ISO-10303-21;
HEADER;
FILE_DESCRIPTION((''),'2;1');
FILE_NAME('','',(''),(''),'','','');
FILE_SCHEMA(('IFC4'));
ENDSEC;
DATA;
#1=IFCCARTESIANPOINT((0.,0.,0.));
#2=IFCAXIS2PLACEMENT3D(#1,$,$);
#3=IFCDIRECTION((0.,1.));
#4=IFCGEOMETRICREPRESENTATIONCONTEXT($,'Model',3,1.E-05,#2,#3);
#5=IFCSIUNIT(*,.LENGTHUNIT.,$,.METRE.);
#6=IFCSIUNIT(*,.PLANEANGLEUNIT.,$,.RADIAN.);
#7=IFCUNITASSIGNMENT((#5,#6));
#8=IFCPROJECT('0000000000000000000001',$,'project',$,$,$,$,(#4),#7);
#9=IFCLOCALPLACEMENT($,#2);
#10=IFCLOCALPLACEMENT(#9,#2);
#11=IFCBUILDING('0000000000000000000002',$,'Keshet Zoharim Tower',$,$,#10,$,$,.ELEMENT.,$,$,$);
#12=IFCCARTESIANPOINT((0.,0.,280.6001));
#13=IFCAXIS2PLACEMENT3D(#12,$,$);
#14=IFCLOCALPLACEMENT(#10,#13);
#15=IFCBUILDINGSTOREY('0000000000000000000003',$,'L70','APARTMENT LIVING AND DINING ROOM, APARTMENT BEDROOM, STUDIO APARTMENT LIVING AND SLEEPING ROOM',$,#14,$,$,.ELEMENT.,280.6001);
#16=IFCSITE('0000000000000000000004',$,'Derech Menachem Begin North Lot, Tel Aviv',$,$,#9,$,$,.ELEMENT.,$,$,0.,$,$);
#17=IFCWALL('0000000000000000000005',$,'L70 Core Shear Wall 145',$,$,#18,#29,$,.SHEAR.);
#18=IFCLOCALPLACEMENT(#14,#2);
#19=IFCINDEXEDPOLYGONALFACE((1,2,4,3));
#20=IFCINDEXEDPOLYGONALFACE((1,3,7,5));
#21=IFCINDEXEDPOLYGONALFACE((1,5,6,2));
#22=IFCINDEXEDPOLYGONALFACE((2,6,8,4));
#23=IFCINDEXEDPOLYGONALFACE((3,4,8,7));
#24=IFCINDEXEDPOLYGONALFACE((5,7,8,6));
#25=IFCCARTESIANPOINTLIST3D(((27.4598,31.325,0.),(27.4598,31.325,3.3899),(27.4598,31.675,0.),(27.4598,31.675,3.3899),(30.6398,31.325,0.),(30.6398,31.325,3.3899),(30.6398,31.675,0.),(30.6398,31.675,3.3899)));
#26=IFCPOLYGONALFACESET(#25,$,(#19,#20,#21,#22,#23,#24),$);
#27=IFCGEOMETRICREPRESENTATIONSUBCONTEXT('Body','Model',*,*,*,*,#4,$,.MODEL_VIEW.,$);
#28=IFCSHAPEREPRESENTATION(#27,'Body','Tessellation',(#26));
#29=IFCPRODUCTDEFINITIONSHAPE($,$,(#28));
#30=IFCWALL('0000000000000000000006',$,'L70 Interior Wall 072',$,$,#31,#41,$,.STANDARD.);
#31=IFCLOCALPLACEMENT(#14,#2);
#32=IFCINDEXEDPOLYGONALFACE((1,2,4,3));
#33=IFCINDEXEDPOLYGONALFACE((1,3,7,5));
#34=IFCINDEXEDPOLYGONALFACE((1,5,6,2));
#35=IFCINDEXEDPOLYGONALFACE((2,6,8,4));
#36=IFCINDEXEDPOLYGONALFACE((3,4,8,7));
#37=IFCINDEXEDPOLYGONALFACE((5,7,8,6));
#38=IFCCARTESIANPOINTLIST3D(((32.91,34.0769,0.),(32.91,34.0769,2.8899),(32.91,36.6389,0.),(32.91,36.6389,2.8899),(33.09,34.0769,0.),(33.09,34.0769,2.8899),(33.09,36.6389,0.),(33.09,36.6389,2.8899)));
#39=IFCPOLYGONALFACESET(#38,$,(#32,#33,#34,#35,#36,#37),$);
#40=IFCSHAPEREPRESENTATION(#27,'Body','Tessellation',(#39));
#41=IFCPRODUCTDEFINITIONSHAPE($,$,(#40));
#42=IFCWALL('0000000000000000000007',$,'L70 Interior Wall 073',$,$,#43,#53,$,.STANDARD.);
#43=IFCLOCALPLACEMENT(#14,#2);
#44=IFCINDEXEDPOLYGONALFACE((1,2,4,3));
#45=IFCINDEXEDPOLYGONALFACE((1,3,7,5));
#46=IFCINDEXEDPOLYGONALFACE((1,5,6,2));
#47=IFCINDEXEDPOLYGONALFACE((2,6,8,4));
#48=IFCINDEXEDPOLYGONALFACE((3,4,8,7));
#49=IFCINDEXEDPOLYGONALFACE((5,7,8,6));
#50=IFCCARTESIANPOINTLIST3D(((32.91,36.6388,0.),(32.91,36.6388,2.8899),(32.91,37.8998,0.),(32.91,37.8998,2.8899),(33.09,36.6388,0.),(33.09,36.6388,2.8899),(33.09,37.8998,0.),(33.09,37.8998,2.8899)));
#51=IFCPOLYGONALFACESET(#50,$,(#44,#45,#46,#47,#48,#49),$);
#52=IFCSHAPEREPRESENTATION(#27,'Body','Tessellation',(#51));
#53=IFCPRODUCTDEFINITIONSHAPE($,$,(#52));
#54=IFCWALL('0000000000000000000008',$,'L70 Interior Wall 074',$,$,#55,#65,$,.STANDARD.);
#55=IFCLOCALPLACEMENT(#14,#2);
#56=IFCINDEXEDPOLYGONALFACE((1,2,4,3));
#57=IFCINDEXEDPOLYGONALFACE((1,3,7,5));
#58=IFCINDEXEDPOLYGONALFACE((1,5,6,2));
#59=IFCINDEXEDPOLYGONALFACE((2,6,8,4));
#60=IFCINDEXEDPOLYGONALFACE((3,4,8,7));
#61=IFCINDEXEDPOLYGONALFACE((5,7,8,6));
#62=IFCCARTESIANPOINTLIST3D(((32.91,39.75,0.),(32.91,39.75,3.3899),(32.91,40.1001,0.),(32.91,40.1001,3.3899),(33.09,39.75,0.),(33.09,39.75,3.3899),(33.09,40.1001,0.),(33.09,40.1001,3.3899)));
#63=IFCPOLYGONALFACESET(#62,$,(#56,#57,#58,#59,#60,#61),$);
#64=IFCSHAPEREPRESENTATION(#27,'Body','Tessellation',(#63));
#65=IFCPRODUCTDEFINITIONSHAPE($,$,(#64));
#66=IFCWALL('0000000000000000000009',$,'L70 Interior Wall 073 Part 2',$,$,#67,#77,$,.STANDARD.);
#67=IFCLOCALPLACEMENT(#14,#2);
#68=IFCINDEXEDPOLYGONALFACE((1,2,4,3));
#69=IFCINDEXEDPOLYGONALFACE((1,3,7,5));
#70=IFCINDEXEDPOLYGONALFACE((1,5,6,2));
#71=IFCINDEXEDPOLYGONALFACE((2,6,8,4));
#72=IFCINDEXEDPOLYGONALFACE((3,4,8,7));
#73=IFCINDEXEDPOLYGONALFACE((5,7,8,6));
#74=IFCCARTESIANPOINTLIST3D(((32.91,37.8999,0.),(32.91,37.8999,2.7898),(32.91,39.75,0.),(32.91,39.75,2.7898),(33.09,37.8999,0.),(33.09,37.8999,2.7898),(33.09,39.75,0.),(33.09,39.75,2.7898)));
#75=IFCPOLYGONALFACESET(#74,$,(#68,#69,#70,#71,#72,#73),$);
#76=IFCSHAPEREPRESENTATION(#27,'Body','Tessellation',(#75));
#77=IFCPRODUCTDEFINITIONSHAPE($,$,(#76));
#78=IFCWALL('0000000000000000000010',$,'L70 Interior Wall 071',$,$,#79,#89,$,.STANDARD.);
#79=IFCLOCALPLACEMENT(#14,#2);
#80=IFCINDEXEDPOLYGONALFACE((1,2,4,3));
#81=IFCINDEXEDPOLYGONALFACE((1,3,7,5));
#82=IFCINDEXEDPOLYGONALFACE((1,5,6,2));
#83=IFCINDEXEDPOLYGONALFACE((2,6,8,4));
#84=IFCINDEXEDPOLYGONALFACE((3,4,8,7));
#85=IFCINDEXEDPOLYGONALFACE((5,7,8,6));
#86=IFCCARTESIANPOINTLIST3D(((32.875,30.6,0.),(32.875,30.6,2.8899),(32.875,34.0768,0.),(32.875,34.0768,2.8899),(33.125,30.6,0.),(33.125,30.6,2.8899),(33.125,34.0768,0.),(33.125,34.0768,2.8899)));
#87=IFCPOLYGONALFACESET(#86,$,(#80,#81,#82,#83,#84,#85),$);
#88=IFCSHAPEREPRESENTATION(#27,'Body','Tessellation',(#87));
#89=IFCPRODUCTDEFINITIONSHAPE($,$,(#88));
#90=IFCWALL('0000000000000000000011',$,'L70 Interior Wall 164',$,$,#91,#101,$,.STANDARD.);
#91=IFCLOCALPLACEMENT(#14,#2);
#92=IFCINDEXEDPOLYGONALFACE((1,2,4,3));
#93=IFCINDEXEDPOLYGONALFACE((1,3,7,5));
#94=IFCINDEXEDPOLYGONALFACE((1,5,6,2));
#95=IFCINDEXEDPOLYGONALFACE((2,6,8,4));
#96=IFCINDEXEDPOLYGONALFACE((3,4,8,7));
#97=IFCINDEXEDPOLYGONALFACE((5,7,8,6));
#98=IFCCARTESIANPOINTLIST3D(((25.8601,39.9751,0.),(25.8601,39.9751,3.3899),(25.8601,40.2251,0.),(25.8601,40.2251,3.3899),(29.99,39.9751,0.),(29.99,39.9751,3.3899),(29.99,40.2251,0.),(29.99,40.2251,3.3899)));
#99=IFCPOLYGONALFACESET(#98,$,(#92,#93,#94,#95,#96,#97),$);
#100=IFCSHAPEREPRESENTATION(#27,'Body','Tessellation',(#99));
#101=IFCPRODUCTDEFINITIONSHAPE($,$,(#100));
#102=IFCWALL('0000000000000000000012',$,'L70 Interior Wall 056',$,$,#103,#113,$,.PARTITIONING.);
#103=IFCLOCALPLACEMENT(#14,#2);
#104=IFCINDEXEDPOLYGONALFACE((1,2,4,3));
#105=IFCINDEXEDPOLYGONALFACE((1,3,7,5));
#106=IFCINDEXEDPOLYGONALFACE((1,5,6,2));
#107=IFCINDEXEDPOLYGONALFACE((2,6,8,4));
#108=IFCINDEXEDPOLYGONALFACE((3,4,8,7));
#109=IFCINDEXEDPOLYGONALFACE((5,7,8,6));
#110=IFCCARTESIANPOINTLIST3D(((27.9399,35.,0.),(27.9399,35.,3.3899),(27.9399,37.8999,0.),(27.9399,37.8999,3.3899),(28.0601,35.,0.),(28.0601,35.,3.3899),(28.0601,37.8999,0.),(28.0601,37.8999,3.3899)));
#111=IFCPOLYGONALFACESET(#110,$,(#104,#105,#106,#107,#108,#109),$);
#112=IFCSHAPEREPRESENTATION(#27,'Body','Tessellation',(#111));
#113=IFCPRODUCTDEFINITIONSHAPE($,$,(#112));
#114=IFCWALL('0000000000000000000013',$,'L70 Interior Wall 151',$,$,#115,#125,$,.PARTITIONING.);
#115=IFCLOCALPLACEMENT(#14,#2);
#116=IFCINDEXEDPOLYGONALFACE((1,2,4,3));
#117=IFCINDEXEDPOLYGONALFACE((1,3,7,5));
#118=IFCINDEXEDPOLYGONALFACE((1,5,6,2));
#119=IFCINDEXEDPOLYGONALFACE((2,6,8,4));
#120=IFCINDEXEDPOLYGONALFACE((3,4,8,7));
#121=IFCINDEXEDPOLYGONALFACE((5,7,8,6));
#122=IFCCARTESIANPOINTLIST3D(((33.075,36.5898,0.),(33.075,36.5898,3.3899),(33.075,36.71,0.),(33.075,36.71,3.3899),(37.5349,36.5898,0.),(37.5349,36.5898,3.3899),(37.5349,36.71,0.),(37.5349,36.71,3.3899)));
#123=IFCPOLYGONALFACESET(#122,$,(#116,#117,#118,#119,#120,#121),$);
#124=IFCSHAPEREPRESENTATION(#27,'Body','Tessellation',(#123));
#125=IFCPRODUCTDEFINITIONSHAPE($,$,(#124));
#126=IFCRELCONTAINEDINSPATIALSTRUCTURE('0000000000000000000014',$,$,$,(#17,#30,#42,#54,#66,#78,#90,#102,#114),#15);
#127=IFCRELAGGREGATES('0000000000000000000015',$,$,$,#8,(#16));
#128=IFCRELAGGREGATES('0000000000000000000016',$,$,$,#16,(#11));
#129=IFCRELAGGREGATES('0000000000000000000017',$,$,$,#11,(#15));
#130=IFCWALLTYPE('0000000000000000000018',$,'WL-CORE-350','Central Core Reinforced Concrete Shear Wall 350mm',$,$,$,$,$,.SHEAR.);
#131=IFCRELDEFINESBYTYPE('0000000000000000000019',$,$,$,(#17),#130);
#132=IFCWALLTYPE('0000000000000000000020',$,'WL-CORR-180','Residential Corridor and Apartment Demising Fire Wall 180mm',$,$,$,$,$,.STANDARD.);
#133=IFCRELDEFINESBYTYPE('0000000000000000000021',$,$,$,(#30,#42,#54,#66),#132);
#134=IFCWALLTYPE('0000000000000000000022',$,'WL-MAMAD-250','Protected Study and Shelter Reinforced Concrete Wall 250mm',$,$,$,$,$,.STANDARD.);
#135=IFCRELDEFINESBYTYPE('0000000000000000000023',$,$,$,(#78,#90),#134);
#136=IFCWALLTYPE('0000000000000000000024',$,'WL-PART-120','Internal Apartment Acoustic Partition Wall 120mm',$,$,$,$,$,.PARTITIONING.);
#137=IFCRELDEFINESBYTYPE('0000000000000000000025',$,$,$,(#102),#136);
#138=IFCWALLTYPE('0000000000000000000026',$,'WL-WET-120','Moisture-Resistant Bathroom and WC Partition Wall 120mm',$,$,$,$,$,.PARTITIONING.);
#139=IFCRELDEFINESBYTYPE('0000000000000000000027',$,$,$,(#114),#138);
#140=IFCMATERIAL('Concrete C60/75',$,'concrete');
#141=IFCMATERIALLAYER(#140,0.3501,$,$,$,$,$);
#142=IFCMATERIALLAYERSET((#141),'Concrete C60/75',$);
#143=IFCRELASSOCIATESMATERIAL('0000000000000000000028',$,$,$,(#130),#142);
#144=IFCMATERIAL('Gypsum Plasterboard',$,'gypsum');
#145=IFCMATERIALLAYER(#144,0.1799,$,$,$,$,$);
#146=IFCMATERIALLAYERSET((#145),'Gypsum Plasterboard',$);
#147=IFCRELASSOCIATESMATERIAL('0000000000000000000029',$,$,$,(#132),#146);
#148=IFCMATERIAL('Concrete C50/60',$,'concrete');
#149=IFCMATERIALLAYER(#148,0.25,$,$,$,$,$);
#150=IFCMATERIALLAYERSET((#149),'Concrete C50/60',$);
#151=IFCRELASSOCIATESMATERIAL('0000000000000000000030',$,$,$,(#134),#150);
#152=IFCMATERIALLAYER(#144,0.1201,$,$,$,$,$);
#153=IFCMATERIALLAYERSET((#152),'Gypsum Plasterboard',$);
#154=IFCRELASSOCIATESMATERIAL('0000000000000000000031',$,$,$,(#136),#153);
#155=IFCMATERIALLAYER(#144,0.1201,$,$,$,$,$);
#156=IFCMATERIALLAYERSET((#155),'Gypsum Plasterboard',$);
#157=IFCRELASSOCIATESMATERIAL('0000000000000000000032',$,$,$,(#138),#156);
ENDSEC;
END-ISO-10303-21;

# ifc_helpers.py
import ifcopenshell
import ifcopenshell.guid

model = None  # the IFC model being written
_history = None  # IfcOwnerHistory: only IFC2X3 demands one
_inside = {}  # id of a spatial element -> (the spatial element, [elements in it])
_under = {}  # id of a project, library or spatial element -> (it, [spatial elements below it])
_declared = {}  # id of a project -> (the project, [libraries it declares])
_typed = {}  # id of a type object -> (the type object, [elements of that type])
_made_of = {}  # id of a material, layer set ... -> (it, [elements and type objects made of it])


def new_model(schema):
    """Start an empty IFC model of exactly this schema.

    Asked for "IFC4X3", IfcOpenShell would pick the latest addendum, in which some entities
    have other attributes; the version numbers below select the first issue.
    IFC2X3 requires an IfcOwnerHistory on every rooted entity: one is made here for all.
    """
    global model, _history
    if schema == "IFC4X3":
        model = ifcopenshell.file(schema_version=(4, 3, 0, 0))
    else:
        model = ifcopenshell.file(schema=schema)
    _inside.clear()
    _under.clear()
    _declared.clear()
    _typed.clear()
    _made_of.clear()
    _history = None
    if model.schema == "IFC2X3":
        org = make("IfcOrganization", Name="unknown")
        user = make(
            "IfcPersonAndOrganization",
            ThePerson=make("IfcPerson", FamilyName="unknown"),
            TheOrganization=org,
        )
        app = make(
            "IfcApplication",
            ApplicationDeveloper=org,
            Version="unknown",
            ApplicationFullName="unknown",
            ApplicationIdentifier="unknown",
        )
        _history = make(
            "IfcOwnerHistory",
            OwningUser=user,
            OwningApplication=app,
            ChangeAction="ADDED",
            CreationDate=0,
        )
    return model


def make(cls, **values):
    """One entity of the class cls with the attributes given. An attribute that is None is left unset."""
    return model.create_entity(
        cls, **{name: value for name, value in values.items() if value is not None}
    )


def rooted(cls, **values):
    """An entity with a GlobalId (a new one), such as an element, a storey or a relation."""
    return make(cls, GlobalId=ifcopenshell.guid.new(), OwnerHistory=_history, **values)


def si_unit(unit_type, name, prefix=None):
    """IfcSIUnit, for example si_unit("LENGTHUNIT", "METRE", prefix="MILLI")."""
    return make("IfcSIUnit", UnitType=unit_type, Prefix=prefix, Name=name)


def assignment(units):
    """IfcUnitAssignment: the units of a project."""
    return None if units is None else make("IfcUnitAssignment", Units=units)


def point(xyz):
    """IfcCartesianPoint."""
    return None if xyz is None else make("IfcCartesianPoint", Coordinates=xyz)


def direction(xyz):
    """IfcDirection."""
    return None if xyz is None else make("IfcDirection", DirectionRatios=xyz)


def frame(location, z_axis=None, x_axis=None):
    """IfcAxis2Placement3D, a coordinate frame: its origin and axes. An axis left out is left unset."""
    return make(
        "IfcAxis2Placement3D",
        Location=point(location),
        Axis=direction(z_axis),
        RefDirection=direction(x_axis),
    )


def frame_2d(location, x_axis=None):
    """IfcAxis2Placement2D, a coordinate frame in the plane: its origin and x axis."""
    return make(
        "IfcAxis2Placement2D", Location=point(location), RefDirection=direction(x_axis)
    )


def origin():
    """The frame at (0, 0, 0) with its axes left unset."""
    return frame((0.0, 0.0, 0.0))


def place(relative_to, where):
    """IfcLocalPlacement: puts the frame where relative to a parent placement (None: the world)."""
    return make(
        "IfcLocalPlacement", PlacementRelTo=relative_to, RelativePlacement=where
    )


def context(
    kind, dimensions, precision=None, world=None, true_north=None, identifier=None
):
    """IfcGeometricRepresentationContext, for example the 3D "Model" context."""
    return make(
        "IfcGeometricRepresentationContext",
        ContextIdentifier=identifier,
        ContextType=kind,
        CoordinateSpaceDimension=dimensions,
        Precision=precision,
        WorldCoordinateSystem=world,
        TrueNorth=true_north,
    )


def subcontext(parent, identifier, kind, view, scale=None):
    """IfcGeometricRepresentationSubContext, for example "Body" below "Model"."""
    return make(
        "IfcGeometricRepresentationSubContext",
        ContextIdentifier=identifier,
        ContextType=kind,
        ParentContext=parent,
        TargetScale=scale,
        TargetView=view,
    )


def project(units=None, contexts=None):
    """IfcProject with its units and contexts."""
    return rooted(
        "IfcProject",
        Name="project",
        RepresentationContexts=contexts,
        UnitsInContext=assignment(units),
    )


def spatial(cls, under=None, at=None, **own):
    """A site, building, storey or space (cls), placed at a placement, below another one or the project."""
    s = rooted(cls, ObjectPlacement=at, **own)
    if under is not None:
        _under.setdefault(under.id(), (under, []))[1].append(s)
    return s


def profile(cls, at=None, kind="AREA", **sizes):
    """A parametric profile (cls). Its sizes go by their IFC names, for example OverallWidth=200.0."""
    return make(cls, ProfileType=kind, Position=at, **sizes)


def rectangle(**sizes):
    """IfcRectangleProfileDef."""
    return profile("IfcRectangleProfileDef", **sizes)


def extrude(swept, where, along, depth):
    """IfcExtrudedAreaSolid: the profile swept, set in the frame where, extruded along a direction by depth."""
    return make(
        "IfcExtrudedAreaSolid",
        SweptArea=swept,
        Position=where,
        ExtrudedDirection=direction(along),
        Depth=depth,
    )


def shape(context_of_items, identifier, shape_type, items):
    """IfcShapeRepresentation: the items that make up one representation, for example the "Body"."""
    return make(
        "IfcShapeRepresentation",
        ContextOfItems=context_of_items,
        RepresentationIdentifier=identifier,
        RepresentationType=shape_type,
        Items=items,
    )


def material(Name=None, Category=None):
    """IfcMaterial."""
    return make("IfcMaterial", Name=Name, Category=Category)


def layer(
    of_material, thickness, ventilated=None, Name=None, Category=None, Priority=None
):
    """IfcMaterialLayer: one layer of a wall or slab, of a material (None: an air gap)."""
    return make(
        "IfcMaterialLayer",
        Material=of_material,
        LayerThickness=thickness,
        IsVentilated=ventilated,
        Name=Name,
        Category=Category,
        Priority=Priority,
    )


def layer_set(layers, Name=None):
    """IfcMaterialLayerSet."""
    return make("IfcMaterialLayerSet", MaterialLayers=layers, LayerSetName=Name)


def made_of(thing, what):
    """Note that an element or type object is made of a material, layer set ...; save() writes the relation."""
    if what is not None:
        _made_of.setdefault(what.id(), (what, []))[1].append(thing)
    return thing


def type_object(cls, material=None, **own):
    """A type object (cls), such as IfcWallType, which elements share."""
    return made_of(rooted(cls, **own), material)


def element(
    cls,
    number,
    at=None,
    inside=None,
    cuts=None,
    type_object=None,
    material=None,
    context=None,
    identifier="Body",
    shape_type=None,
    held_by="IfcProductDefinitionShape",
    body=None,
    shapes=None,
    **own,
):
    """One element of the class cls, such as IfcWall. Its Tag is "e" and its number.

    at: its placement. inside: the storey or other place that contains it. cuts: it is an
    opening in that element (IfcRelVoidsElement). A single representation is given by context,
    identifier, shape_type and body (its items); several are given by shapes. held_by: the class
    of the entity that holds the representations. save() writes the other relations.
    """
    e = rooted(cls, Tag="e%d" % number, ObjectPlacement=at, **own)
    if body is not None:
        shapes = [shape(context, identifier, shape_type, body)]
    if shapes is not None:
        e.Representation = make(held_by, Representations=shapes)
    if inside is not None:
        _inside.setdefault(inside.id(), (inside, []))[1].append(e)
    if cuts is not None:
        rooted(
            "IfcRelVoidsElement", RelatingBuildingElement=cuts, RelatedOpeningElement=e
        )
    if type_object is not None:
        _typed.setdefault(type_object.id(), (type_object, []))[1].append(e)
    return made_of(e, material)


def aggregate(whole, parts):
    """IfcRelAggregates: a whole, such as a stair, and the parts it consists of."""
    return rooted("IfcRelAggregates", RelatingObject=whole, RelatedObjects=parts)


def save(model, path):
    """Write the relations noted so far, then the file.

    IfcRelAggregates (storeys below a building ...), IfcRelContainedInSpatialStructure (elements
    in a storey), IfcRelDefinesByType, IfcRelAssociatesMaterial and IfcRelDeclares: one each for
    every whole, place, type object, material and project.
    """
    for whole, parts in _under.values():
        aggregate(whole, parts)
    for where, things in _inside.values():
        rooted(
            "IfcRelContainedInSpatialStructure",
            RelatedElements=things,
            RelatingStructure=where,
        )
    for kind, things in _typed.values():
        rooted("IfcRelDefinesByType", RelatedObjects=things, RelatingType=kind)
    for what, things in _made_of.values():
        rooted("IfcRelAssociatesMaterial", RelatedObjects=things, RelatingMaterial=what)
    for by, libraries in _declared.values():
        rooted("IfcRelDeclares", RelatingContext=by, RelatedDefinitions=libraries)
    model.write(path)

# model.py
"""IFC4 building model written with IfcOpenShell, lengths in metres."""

from ifc_helpers import new_model, si_unit, direction, frame, frame_2d, origin, place, context, subcontext, project, spatial, rectangle, extrude, material, layer, layer_set, type_object, element, save


model = new_model("IFC4")

# Units and contexts
model_context = context("Model", 3, precision=1e-05, world=origin(), true_north=direction((0.0, 1.0)))
body_context = subcontext(model_context, "Body", "Model", "MODEL_VIEW")
ifc_project = project(units=[si_unit("LENGTHUNIT", "METRE"), si_unit("PLANEANGLEUNIT", "RADIAN")], contexts=[model_context])

# Site, building, storey
site_placement = place(None, origin())
site = spatial("IfcSite", under=ifc_project, at=site_placement, Name="Derech Menachem Begin North Lot, Tel Aviv", CompositionType="ELEMENT", RefElevation=0.0)
building_placement = place(site_placement, origin())
building = spatial("IfcBuilding", under=site, at=building_placement, Name="Keshet Zoharim Tower", CompositionType="ELEMENT")
storey_placement = place(building_placement, frame((0.0, 0.0, 280.6001)))
storey = spatial("IfcBuildingStorey", under=building, at=storey_placement, Name="L70", Description="APARTMENT LIVING AND DINING ROOM, APARTMENT BEDROOM, STUDIO APARTMENT LIVING AND SLEEPING ROOM", CompositionType="ELEMENT", Elevation=280.6001)

# Shared definitions
ifc_material_1 = material(Name="Concrete C50/60", Category="concrete")

# Shared definitions
ifc_material_2 = material(Name="Gypsum Plasterboard", Category="gypsum")
ifc_material_3 = material(Name="Concrete C60/75", Category="concrete")
ifc_layer_1 = layer(ifc_material_3, 0.3501)
ifc_layer_set_1 = layer_set([ifc_layer_1], Name="Concrete C60/75")
wall_type_1 = type_object("IfcWallType", Name="WL-CORE-350", Description="Central Core Reinforced Concrete Shear Wall 350mm", PredefinedType="SHEAR", material=ifc_layer_set_1)

# Wall
wall_1_placement = place(storey_placement, frame((27.46, 31.5, 0.0), z_axis=(0.0, 0.0, 1.0), x_axis=(1.0, 0.0, 0.0)))
element("IfcWall", 1, at=wall_1_placement, inside=storey, type_object=wall_type_1, Name="L70 Core Shear Wall 145", PredefinedType="SHEAR", context=body_context, shape_type="SweptSolid", body=[
    extrude(rectangle(XDim=3.1799, YDim=0.3501, at=frame_2d((1.5898, 0.0))), origin(), (0.0, 0.0, 1.0), 3.3899),
])

# Walls
ifc_layer_2 = layer(ifc_material_2, 0.1799)
ifc_layer_set_2 = layer_set([ifc_layer_2], Name="Gypsum Plasterboard")
wall_type_2 = type_object("IfcWallType", Name="WL-CORR-180", Description="Residential Corridor and Apartment Demising Fire Wall 180mm", PredefinedType="STANDARD", material=ifc_layer_set_2)
wall_2_placement = place(storey_placement, frame((33.0, 34.0769, 0.0), z_axis=(0.0, 0.0, 1.0), x_axis=(0.0, 1.0, 0.0)))
element("IfcWall", 2, at=wall_2_placement, inside=storey, type_object=wall_type_2, Name="L70 Interior Wall 072", PredefinedType="STANDARD", context=body_context, shape_type="SweptSolid", body=[
    extrude(rectangle(XDim=2.562, YDim=0.1799, at=frame_2d((1.281, 0.0))), origin(), (0.0, 0.0, 1.0), 2.8899),
])
wall_3_placement = place(storey_placement, frame((33.0, 36.6389, 0.0), z_axis=(0.0, 0.0, 1.0), x_axis=(0.0, 1.0, 0.0)))
element("IfcWall", 3, at=wall_3_placement, inside=storey, type_object=wall_type_2, Name="L70 Interior Wall 073", PredefinedType="STANDARD", context=body_context, shape_type="SweptSolid", body=[
    extrude(rectangle(XDim=1.261, YDim=0.1799, at=frame_2d((0.6304, 0.0))), origin(), (0.0, 0.0, 1.0), 2.8899),
])
wall_4_placement = place(storey_placement, frame((33.0, 39.75, 0.0), z_axis=(0.0, 0.0, 1.0), x_axis=(0.0, 1.0, 0.0)))
element("IfcWall", 4, at=wall_4_placement, inside=storey, type_object=wall_type_2, Name="L70 Interior Wall 074", PredefinedType="STANDARD", context=body_context, shape_type="SweptSolid", body=[
    extrude(rectangle(XDim=0.3501, YDim=0.1799, at=frame_2d((0.175, 0.0))), origin(), (0.0, 0.0, 1.0), 3.3899),
])

# Walls
wall_5_placement = place(storey_placement, frame((33.0, 37.8999, 0.0), z_axis=(0.0, 0.0, 1.0), x_axis=(0.0, 1.0, 0.0)))
element("IfcWall", 5, at=wall_5_placement, inside=storey, type_object=wall_type_2, Name="L70 Interior Wall 073 Part 2", PredefinedType="STANDARD", context=body_context, shape_type="SweptSolid", body=[
    extrude(rectangle(XDim=1.8501, YDim=0.1799, at=frame_2d((0.925, 0.0))), origin(), (0.0, 0.0, 1.0), 2.7898),
])
ifc_layer_3 = layer(ifc_material_1, 0.25)
ifc_layer_set_3 = layer_set([ifc_layer_3], Name="Concrete C50/60")
wall_type_3 = type_object("IfcWallType", Name="WL-MAMAD-250", Description="Protected Study and Shelter Reinforced Concrete Wall 250mm", PredefinedType="STANDARD", material=ifc_layer_set_3)
wall_6_placement = place(storey_placement, frame((33.0, 30.6001, 0.0), z_axis=(0.0, 0.0, 1.0), x_axis=(0.0, 1.0, 0.0)))
element("IfcWall", 6, at=wall_6_placement, inside=storey, type_object=wall_type_3, Name="L70 Interior Wall 071", PredefinedType="STANDARD", context=body_context, shape_type="SweptSolid", body=[
    extrude(rectangle(XDim=3.4768, YDim=0.25, at=frame_2d((1.7383, 0.0))), origin(), (0.0, 0.0, 1.0), 2.8899),
])
wall_7_placement = place(storey_placement, frame((25.8601, 40.1001, 0.0), z_axis=(0.0, 0.0, 1.0), x_axis=(1.0, 0.0, 0.0)))
element("IfcWall", 7, at=wall_7_placement, inside=storey, type_object=wall_type_3, Name="L70 Interior Wall 164", PredefinedType="STANDARD", context=body_context, shape_type="SweptSolid", body=[
    extrude(rectangle(XDim=4.1299, YDim=0.25, at=frame_2d((2.0649, 0.0))), origin(), (0.0, 0.0, 1.0), 3.3899),
])
ifc_layer_4 = layer(ifc_material_2, 0.1201)
ifc_layer_set_4 = layer_set([ifc_layer_4], Name="Gypsum Plasterboard")
wall_type_4 = type_object("IfcWallType", Name="WL-PART-120", Description="Internal Apartment Acoustic Partition Wall 120mm", PredefinedType="PARTITIONING", material=ifc_layer_set_4)
wall_8_placement = place(storey_placement, frame((28.0, 35.0, 0.0), z_axis=(0.0, 0.0, 1.0), x_axis=(0.0, 1.0, 0.0)))
element("IfcWall", 8, at=wall_8_placement, inside=storey, type_object=wall_type_4, Name="L70 Interior Wall 056", PredefinedType="PARTITIONING", context=body_context, shape_type="SweptSolid", body=[
    extrude(rectangle(XDim=2.8999, YDim=0.1201, at=frame_2d((1.45, 0.0))), origin(), (0.0, 0.0, 1.0), 3.3899),
])
ifc_layer_5 = layer(ifc_material_2, 0.1201)
ifc_layer_set_5 = layer_set([ifc_layer_5], Name="Gypsum Plasterboard")
wall_type_5 = type_object("IfcWallType", Name="WL-WET-120", Description="Moisture-Resistant Bathroom and WC Partition Wall 120mm", PredefinedType="PARTITIONING", material=ifc_layer_set_5)
wall_9_placement = place(storey_placement, frame((33.075, 36.6499, 0.0), z_axis=(0.0, 0.0, 1.0), x_axis=(1.0, 0.0, 0.0)))
element("IfcWall", 9, at=wall_9_placement, inside=storey, type_object=wall_type_5, Name="L70 Interior Wall 151", PredefinedType="PARTITIONING", context=body_context, shape_type="SweptSolid", body=[
    extrude(rectangle(XDim=4.46, YDim=0.1201, at=frame_2d((2.23, 0.0))), origin(), (0.0, 0.0, 1.0), 3.3899),
])

save(model, "model.ifc")
